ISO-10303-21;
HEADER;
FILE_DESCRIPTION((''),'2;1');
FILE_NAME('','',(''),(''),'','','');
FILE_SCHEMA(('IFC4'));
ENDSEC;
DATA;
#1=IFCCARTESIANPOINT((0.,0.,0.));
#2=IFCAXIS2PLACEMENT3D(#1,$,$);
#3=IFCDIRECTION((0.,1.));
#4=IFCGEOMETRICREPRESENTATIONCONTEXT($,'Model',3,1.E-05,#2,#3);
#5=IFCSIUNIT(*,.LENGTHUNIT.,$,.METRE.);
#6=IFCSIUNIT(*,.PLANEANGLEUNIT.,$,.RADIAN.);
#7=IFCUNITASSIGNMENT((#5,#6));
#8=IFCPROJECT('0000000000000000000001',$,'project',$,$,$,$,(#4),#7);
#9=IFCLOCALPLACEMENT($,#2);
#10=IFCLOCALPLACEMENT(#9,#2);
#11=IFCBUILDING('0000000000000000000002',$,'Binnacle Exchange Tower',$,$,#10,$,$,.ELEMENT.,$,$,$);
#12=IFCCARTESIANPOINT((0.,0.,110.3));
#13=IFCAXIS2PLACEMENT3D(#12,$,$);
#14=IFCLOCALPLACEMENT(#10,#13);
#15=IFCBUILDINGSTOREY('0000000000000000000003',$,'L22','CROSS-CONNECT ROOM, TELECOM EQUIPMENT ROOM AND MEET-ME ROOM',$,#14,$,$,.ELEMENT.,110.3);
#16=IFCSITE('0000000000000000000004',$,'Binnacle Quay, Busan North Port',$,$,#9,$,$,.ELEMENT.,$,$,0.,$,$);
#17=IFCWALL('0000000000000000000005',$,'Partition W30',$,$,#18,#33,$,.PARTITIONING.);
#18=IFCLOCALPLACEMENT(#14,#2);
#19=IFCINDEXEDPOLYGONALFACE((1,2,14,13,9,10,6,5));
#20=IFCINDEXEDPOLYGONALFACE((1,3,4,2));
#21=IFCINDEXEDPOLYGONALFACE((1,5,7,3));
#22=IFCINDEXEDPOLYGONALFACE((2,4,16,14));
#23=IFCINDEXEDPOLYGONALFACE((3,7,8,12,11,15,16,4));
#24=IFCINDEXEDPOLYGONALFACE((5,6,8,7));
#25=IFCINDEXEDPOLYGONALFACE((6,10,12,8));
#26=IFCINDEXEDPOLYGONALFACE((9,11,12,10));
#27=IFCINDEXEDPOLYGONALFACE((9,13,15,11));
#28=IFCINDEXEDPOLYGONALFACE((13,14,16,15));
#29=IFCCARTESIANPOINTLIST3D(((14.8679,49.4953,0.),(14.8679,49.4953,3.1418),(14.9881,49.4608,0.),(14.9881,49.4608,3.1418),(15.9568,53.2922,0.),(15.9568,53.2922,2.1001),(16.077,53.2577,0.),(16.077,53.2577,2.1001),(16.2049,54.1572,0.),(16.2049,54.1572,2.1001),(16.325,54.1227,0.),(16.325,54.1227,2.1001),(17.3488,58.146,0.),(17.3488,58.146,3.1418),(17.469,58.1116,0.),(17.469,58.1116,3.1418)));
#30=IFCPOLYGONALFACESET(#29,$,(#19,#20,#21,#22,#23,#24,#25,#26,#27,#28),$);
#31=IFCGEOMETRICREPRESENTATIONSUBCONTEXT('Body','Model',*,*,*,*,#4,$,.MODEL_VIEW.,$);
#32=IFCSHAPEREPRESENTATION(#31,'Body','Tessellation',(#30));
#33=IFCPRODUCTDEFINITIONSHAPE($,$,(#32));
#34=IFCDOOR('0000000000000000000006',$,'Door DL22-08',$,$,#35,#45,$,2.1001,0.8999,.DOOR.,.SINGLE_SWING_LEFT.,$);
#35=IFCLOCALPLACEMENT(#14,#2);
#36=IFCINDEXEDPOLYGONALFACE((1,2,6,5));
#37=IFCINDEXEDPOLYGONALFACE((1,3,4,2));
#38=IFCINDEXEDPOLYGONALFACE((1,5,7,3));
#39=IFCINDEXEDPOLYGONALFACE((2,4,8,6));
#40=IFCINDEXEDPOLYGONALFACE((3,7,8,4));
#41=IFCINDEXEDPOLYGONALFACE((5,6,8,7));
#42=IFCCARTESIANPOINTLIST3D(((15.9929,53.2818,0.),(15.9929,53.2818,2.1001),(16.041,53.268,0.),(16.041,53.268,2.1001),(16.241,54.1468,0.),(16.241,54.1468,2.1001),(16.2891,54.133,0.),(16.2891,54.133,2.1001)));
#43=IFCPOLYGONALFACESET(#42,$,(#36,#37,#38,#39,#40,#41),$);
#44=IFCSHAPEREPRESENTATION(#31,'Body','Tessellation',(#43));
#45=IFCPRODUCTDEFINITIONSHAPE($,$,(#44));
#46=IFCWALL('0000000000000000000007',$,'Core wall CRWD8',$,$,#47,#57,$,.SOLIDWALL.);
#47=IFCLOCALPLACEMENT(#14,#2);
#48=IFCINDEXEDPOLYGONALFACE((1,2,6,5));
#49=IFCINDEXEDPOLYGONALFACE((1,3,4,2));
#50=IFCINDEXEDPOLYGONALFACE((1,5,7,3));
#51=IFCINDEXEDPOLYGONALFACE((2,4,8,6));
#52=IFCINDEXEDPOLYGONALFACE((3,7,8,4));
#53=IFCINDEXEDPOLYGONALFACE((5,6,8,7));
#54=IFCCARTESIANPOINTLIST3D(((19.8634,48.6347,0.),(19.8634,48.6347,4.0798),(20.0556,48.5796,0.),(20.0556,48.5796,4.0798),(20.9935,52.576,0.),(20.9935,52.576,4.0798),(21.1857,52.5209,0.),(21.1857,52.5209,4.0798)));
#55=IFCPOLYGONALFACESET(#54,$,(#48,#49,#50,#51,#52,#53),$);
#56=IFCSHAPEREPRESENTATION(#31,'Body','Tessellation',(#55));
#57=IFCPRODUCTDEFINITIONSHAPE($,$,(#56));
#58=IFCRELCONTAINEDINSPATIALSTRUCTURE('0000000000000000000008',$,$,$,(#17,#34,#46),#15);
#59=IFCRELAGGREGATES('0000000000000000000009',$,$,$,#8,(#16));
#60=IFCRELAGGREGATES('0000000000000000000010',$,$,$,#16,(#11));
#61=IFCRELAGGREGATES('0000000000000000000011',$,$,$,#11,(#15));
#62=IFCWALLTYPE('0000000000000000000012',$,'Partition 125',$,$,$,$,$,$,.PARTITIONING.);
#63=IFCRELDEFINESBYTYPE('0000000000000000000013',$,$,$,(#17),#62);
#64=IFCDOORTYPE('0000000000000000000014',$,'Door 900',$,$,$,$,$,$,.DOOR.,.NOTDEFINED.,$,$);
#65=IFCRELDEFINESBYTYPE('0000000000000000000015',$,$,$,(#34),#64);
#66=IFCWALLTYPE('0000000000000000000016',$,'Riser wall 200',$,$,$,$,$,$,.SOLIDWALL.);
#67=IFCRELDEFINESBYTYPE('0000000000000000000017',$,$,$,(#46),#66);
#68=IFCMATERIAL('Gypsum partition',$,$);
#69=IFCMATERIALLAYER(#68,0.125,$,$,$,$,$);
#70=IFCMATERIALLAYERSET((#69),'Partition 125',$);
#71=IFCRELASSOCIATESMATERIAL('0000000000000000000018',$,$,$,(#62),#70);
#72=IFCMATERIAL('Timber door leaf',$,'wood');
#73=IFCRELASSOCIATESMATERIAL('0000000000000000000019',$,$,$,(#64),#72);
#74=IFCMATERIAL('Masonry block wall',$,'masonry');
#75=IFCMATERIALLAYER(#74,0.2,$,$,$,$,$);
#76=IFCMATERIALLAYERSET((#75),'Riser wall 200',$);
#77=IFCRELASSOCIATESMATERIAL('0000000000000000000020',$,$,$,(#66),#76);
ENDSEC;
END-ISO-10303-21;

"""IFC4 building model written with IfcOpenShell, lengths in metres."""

from ifc_helpers import new_model, si_unit, direction, frame, frame_2d, origin, place, context, subcontext, project, spatial, rectangle, extrude, material, layer, layer_set, type_object, element, fill, save


model = new_model("IFC4")

# Units and contexts
model_context = context("Model", 3, precision=1e-05, world=origin(), true_north=direction((0.0, 1.0)))
body_context = subcontext(model_context, "Body", "Model", "MODEL_VIEW")
ifc_project = project(units=[si_unit("LENGTHUNIT", "METRE"), si_unit("PLANEANGLEUNIT", "RADIAN")], contexts=[model_context])

# Site, building, storey
site_placement = place(None, origin())
site = spatial("IfcSite", under=ifc_project, at=site_placement, Name="Binnacle Quay, Busan North Port", CompositionType="ELEMENT", RefElevation=0.0)
building_placement = place(site_placement, origin())
building = spatial("IfcBuilding", under=site, at=building_placement, Name="Binnacle Exchange Tower", CompositionType="ELEMENT")
storey_placement = place(building_placement, frame((0.0, 0.0, 110.3)))
storey = spatial("IfcBuildingStorey", under=building, at=storey_placement, Name="L22", Description="CROSS-CONNECT ROOM, TELECOM EQUIPMENT ROOM AND MEET-ME ROOM", CompositionType="ELEMENT", Elevation=110.3)

# Shared definitions
ifc_material_1 = material(Name="Masonry block wall", Category="masonry")

# Shared definitions
ifc_material_2 = material(Name="Gypsum partition")
ifc_layer_1 = layer(ifc_material_2, 0.125)
ifc_layer_set_1 = layer_set([ifc_layer_1], Name="Partition 125")
wall_type_1 = type_object("IfcWallType", Name="Partition 125", PredefinedType="PARTITIONING", material=ifc_layer_set_1)

# Wall, opening, door
wall_1_placement = place(storey_placement, frame((14.928, 49.478, 0.0), z_axis=(0.0, 0.0, 1.0), x_axis=(0.275674, 0.961251, 0.0)))
wall_1 = element("IfcWall", 1, at=wall_1_placement, inside=storey, type_object=wall_type_1, Name="Partition W30", PredefinedType="PARTITIONING", context=body_context, shape_type="SweptSolid", body=[
    extrude(rectangle(XDim=8.9995, YDim=0.125, at=frame_2d((4.4998, 0.0))), origin(), (0.0, 0.0, 1.0), 3.1418),
])
opening_1_placement = place(wall_1_placement, frame((3.95, 0.0, 0.0)))
opening_1 = element("IfcOpeningElement", 2, at=opening_1_placement, cuts=wall_1, PredefinedType="OPENING", context=body_context, shape_type="SweptSolid", body=[
    extrude(rectangle(XDim=0.8999, YDim=2.1001, at=frame_2d((0.45, 1.05))), frame((0.0, 0.0725, 0.0), z_axis=(0.0, -1.0, 0.0), x_axis=(1.0, 0.0, 0.0)), (0.0, 0.0, 1.0), 0.145),
])
ifc_material_3 = material(Name="Timber door leaf", Category="wood")
door_type_1 = type_object("IfcDoorType", Name="Door 900", OperationType="NOTDEFINED", PredefinedType="DOOR", material=ifc_material_3)
door_1_placement = place(opening_1_placement, origin())
door_1 = element("IfcDoor", 3, at=door_1_placement, inside=storey, type_object=door_type_1, Name="Door DL22-08", OperationType="SINGLE_SWING_LEFT", OverallHeight=2.1001, OverallWidth=0.8999, PredefinedType="DOOR", context=body_context, shape_type="SweptSolid", body=[
    extrude(rectangle(XDim=0.8999, YDim=2.1001, at=frame_2d((0.45, 1.05))), frame((0.0, 0.0249, 0.0), z_axis=(0.0, -1.0, 0.0), x_axis=(1.0, 0.0, 0.0)), (0.0, 0.0, 1.0), 0.05),
])
fill(opening_1, door_1)

# Wall
ifc_layer_2 = layer(ifc_material_1, 0.2)
ifc_layer_set_2 = layer_set([ifc_layer_2], Name="Riser wall 200")
wall_type_2 = type_object("IfcWallType", Name="Riser wall 200", PredefinedType="SOLIDWALL", material=ifc_layer_set_2)
wall_2_placement = place(storey_placement, frame((19.9595, 48.6072, 0.0), z_axis=(0.0, 0.0, 1.0), x_axis=(0.275641, 0.961261, 0.0)))
element("IfcWall", 4, at=wall_2_placement, inside=storey, type_object=wall_type_2, Name="Core wall CRWD8", PredefinedType="SOLIDWALL", context=body_context, shape_type="SweptSolid", body=[
    extrude(rectangle(XDim=4.1001, YDim=0.2, at=frame_2d((2.05, 0.0))), origin(), (0.0, 0.0, 1.0), 4.0798),
])

save(model, "model.ifc")
